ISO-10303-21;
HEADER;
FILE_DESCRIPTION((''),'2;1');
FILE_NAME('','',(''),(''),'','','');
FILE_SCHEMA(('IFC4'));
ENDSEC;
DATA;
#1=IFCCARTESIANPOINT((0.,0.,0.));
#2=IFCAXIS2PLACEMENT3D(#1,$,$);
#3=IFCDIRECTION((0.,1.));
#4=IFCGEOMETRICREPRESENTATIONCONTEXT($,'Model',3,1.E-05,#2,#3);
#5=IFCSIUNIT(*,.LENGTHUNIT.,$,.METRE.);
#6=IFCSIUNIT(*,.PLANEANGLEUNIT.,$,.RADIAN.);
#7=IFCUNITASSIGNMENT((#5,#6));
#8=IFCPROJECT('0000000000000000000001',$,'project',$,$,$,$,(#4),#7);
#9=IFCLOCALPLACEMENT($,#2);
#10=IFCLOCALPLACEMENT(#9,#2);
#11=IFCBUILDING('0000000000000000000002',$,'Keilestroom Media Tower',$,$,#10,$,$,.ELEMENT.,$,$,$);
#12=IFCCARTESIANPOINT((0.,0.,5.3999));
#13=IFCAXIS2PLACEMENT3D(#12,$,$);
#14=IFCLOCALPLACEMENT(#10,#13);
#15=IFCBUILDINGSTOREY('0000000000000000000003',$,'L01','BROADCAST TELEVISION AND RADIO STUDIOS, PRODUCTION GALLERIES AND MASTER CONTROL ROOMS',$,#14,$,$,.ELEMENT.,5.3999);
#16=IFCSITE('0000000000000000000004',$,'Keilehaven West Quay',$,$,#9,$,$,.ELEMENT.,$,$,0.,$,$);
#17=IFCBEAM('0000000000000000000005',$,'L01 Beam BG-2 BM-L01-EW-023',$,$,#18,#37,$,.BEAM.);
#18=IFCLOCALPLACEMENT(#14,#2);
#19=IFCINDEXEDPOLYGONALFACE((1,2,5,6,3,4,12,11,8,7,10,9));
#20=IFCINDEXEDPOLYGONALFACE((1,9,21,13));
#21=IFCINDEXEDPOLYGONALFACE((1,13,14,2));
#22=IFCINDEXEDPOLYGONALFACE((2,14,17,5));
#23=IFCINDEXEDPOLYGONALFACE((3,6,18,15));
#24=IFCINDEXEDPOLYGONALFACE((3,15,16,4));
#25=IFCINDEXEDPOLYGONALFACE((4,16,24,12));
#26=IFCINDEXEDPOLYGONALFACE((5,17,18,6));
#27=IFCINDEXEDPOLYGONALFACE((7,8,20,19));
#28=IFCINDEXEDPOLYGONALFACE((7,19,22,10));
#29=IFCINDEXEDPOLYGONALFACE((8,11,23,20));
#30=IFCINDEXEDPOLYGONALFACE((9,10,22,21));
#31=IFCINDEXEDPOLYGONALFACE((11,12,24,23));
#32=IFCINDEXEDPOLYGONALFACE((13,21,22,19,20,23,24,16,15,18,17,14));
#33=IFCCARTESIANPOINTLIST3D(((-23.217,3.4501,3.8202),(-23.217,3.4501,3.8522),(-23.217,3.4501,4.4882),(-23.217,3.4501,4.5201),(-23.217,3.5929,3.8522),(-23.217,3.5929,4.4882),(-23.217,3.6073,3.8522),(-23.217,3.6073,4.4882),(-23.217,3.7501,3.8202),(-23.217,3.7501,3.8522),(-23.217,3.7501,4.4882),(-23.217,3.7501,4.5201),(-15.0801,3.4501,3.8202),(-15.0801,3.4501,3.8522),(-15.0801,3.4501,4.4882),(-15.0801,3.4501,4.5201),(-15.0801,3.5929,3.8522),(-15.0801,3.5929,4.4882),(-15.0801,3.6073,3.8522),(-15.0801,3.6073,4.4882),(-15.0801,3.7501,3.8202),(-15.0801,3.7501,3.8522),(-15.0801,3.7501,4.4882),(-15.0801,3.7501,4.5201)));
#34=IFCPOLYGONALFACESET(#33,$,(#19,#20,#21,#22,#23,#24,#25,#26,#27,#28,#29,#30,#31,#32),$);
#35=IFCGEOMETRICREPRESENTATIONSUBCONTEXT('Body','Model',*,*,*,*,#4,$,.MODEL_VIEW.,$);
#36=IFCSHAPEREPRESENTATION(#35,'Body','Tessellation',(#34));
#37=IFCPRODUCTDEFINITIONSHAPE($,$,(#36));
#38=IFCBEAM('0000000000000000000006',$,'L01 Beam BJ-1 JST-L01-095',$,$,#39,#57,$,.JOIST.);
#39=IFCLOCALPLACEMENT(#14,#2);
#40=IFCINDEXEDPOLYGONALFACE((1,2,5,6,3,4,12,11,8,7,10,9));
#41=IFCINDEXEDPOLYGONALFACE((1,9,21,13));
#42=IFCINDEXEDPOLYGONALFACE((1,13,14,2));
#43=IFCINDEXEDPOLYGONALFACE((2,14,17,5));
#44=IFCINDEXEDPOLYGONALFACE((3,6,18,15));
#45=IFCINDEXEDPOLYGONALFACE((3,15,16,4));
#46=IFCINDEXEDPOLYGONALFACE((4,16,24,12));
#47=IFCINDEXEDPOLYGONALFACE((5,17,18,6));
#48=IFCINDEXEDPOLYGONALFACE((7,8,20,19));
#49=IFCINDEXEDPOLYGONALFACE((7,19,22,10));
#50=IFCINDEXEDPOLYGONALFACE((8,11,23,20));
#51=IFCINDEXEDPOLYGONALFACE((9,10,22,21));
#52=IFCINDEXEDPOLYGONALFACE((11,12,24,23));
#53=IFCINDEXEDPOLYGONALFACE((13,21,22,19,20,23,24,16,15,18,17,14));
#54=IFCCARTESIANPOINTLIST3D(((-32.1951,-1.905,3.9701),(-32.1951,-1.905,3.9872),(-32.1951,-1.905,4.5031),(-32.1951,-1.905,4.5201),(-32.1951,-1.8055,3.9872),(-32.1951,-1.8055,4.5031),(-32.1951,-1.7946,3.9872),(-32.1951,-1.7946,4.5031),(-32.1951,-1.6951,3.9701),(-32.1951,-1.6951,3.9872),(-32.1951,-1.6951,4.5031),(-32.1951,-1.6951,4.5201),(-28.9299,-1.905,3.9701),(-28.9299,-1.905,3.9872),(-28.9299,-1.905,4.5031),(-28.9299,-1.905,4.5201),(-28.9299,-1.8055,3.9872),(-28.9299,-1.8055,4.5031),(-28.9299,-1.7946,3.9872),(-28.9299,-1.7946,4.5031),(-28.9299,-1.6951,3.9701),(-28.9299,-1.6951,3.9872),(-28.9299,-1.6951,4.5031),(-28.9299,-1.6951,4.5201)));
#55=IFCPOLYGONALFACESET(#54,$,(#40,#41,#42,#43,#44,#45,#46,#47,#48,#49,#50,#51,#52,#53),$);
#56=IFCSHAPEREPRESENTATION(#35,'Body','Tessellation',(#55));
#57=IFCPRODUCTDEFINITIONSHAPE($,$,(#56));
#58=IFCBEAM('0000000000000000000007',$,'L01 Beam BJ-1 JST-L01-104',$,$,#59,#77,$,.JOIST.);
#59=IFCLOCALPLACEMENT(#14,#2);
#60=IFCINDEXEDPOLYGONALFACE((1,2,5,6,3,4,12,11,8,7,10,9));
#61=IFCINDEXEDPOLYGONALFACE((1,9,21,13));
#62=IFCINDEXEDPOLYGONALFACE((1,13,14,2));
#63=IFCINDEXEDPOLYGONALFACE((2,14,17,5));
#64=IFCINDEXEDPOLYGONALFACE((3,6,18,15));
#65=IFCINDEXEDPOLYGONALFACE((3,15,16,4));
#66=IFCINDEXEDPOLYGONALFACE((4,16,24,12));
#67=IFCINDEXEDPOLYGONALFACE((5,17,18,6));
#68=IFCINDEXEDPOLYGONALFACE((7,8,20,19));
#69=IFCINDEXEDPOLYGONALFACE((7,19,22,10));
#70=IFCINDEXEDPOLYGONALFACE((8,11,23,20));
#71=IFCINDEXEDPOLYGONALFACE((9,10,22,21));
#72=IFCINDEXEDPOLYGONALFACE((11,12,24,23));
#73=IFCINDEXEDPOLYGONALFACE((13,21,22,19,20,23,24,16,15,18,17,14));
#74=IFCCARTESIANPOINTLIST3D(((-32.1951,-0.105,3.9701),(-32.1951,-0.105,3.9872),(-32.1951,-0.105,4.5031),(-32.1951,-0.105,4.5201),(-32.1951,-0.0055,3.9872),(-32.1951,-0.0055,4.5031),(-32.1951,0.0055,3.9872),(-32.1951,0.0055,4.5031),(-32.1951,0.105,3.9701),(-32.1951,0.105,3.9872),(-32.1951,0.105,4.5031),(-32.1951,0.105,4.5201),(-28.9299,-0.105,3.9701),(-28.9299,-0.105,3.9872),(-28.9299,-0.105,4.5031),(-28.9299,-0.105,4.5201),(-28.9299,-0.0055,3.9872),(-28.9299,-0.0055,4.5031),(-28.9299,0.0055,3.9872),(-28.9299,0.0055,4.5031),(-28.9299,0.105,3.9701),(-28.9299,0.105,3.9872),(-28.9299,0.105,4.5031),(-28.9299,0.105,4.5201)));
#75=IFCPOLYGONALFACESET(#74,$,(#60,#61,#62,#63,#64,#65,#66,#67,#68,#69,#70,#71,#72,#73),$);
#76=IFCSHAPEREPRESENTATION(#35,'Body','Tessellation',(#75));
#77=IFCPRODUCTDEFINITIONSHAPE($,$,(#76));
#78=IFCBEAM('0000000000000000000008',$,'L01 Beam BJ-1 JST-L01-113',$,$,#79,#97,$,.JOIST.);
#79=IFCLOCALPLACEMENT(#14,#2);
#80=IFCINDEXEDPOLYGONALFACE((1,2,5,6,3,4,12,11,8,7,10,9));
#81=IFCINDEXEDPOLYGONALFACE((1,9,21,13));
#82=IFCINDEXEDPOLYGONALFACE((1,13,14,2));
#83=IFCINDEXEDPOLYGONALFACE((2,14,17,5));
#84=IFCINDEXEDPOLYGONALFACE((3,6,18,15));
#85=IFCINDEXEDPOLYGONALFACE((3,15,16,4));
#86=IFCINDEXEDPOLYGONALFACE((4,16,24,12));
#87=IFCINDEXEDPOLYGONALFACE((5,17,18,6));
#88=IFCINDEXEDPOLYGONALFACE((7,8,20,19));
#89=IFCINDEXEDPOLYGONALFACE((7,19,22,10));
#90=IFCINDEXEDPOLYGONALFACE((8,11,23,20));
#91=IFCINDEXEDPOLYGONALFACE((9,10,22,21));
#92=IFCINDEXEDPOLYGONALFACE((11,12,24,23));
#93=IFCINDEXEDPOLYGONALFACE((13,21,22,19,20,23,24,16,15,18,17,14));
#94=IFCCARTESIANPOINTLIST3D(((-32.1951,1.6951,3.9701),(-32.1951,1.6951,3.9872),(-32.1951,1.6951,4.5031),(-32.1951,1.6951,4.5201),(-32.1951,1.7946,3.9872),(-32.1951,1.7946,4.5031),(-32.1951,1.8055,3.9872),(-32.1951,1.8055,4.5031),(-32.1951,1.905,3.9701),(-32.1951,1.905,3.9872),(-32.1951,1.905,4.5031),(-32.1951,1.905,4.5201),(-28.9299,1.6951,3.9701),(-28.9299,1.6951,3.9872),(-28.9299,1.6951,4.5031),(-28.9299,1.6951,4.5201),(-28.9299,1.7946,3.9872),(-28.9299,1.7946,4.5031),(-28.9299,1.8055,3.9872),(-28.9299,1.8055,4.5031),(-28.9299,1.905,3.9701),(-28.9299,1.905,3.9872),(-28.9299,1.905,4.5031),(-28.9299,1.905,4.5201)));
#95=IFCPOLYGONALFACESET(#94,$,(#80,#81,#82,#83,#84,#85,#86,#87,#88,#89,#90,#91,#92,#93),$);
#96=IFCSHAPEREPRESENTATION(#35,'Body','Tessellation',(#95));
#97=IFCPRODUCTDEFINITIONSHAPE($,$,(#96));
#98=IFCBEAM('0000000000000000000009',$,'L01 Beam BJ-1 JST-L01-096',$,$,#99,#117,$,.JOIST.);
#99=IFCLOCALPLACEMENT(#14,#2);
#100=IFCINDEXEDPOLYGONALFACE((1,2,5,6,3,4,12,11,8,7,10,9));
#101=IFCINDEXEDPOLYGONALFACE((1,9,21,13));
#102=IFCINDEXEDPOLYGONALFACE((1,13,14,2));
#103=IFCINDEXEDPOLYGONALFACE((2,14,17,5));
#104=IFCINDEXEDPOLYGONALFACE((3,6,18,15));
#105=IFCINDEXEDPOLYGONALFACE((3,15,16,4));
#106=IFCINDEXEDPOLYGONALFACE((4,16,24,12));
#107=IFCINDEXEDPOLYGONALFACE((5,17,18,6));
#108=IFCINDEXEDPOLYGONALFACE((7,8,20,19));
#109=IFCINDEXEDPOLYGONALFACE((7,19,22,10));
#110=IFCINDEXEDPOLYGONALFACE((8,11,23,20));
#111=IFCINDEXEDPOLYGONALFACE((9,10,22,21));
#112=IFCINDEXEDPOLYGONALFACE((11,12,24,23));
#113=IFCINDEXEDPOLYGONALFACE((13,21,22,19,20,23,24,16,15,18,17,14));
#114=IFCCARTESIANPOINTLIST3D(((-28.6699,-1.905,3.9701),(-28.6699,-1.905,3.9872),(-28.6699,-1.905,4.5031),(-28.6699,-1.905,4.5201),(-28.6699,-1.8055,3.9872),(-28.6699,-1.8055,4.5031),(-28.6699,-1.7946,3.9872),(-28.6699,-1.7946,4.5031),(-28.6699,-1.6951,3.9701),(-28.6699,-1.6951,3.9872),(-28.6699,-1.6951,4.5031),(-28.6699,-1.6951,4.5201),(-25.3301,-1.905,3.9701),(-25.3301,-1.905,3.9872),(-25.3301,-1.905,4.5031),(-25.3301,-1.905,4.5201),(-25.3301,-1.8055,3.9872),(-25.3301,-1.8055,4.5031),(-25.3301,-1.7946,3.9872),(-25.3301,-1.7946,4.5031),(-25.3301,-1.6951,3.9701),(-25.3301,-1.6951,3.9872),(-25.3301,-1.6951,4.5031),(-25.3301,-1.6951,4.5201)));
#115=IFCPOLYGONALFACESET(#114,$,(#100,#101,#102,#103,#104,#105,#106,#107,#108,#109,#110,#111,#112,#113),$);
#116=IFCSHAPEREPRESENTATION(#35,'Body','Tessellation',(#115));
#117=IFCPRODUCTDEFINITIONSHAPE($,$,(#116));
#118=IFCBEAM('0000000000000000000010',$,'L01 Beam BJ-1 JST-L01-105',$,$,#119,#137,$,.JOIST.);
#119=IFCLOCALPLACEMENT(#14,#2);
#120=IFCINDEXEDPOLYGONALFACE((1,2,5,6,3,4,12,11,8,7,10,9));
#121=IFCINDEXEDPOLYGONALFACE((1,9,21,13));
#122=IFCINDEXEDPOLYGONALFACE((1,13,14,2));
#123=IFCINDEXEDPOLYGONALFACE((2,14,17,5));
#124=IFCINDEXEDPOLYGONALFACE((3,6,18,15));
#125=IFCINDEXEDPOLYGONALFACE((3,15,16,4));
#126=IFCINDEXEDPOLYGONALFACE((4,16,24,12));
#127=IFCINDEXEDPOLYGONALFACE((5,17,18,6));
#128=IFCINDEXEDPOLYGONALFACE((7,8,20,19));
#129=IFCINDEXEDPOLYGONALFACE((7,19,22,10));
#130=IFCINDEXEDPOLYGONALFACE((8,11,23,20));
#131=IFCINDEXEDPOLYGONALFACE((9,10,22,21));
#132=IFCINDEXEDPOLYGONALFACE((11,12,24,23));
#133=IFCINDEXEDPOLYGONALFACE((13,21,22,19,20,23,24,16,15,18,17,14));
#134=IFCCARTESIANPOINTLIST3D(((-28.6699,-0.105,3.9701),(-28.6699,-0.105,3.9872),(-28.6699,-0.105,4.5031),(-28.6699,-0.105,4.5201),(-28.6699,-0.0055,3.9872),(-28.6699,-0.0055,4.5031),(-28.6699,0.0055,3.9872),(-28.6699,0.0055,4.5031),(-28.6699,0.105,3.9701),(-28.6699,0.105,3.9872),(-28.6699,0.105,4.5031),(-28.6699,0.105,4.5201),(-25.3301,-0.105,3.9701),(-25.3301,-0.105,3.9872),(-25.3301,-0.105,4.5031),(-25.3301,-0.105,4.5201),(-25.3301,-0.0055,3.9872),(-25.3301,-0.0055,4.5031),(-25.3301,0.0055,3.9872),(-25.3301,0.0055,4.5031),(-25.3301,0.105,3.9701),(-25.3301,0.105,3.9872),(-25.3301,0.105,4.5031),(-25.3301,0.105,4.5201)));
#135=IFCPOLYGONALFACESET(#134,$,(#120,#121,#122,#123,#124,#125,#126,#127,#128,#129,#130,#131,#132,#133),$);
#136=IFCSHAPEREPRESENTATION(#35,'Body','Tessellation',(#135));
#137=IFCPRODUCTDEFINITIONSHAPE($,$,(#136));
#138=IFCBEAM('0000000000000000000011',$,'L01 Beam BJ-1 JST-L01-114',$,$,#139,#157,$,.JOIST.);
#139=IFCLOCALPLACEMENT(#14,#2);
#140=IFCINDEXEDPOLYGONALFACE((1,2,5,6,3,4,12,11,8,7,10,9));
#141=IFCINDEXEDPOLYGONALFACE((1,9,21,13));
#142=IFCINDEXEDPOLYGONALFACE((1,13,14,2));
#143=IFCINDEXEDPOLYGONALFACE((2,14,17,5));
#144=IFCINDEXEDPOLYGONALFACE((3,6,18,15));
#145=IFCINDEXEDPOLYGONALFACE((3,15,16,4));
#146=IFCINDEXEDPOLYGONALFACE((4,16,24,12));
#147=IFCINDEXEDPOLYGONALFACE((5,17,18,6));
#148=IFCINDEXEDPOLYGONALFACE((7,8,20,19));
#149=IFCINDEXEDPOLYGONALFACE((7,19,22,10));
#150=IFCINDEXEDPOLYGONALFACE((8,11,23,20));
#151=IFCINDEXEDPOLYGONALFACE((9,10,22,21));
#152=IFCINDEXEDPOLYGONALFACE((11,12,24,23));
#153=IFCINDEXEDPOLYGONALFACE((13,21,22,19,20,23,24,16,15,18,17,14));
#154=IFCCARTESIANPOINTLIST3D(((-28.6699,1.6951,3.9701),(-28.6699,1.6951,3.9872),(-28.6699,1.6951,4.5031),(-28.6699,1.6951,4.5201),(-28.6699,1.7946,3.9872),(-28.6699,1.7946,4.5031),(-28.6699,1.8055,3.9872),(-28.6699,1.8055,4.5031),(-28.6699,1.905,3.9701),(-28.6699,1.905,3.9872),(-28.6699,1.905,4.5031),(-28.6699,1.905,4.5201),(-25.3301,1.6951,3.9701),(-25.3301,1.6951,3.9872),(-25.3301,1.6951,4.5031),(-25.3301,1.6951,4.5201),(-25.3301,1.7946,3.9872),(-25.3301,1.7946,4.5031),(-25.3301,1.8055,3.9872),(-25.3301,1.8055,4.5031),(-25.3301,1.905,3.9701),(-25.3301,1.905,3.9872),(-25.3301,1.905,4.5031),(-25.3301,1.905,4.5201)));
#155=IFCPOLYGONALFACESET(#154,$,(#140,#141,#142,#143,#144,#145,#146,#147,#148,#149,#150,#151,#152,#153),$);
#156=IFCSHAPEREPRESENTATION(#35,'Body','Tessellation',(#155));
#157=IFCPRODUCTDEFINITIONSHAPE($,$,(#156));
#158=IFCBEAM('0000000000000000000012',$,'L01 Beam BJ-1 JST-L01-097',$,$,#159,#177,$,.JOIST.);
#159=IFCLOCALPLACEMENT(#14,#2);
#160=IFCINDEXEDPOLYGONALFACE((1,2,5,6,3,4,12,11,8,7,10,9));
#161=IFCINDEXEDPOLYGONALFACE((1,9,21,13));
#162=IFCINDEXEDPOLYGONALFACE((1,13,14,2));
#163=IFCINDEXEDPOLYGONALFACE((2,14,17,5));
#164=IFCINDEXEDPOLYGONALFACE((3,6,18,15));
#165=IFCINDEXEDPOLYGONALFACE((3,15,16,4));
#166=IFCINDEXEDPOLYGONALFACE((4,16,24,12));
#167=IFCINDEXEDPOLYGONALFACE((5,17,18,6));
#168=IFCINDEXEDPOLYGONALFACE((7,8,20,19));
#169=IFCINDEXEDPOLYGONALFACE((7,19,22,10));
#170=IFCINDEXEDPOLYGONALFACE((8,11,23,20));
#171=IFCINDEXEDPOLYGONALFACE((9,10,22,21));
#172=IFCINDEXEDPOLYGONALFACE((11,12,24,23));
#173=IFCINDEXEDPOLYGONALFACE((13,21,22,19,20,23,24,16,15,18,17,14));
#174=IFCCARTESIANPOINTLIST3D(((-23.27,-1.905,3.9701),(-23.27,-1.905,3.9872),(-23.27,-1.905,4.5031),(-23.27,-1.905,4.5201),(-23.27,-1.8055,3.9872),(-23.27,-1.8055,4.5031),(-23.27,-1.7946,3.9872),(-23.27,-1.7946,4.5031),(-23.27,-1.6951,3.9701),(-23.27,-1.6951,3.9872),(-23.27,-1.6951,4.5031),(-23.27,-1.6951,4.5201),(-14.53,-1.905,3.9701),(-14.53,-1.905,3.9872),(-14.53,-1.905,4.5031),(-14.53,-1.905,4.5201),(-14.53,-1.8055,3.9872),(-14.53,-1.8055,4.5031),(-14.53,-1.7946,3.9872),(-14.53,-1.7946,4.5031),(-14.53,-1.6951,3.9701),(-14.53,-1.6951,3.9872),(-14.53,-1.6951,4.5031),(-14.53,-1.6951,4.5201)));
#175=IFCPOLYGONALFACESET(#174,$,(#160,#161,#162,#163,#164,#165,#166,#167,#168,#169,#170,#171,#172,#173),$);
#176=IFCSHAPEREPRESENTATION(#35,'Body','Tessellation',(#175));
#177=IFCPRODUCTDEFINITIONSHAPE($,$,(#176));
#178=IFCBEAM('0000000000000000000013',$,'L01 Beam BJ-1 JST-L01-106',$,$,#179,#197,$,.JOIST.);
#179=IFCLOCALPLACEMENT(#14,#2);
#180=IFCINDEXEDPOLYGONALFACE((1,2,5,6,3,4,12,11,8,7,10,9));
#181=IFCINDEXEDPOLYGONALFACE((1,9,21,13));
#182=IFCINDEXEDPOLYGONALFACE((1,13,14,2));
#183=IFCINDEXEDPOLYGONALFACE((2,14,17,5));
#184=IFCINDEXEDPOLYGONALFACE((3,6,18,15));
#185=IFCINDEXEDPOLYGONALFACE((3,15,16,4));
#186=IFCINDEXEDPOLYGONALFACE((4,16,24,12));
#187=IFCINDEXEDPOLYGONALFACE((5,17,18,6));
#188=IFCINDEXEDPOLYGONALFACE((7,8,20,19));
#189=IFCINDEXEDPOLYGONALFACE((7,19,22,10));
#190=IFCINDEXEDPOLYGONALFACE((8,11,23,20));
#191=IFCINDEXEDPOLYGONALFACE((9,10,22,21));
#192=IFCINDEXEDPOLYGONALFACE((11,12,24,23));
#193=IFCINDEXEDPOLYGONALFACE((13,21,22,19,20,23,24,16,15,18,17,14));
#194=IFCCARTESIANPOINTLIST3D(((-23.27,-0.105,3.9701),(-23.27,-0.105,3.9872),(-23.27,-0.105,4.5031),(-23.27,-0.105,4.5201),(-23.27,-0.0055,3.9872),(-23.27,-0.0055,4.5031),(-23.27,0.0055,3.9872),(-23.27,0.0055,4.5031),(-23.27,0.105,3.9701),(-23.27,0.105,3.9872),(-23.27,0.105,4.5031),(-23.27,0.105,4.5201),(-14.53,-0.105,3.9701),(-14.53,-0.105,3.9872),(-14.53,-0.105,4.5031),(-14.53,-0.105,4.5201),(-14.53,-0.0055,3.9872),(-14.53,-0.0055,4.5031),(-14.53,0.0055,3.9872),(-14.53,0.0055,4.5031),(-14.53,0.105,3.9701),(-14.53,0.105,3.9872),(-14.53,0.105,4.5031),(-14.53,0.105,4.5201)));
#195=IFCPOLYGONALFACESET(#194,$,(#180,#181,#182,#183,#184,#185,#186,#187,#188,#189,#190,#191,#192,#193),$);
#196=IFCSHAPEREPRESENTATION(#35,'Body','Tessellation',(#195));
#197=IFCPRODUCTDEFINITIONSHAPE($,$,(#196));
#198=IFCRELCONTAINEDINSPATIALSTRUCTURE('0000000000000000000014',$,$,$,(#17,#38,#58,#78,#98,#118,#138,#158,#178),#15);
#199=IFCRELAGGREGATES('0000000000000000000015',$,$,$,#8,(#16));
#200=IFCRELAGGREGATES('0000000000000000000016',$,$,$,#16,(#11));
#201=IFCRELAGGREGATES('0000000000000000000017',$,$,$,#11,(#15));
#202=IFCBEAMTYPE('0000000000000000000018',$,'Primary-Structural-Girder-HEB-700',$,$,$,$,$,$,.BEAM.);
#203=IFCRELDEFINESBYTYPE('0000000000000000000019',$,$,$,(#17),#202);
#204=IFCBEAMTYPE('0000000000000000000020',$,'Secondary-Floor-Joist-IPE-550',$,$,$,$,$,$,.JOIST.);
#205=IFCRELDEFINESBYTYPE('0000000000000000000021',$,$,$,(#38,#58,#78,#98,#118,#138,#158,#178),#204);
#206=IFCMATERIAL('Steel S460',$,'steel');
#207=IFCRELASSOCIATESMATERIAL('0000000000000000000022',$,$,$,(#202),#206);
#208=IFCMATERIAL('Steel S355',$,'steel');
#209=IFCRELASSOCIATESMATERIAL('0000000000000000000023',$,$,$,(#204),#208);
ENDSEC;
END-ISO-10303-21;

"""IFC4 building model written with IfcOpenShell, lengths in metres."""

from ifc_helpers import new_model, si_unit, direction, frame, origin, origin_2d, place, context, subcontext, project, spatial, i_section, extrude, source, transform, mapped, material, material_profile, profile_set, type_object, element, save


model = new_model("IFC4")

# Units and contexts
model_context = context("Model", 3, precision=1e-05, world=origin(), true_north=direction((0.0, 1.0)))
body_context = subcontext(model_context, "Body", "Model", "MODEL_VIEW")
ifc_project = project(units=[si_unit("LENGTHUNIT", "METRE"), si_unit("PLANEANGLEUNIT", "RADIAN")], contexts=[model_context])

# Site, building, storey
site_placement = place(None, origin())
site = spatial("IfcSite", under=ifc_project, at=site_placement, Name="Keilehaven West Quay", CompositionType="ELEMENT", RefElevation=0.0)
building_placement = place(site_placement, origin())
building = spatial("IfcBuilding", under=site, at=building_placement, Name="Keilestroom Media Tower", CompositionType="ELEMENT")
storey_placement = place(building_placement, frame((0.0, 0.0, 5.3999)))
storey = spatial("IfcBuildingStorey", under=building, at=storey_placement, Name="L01", Description="BROADCAST TELEVISION AND RADIO STUDIOS, PRODUCTION GALLERIES AND MASTER CONTROL ROOMS", CompositionType="ELEMENT", Elevation=5.3999)

# Shared definitions
ifc_material_1 = material(Name="Steel S460", Category="steel")

# Beams
ifc_material_2 = material(Name="Steel S355", Category="steel")
ifc_material_profile_1 = material_profile(ifc_material_1, i_section(OverallWidth=0.3, OverallDepth=0.7, WebThickness=0.0144, FlangeThickness=0.032, at=origin_2d()), Name="HEB 700")
ifc_profile_set_1 = profile_set([ifc_material_profile_1], Name="Steel S460")
beam_type_1 = type_object("IfcBeamType", Name="Primary-Structural-Girder-HEB-700", PredefinedType="BEAM", material=ifc_profile_set_1)
shared_shape_1 = source(origin(), body_context, "Body", "SweptSolid", [
    extrude(i_section(OverallWidth=0.3, OverallDepth=0.7, WebThickness=0.0144, FlangeThickness=0.032, at=origin_2d()), origin(), (0.0, 0.0, 1.0), 8.137),
])
beam_1_placement = place(storey_placement, frame((-23.217, 3.6001, 4.1702), z_axis=(1.0, 0.0, 0.0), x_axis=(0.0, 1.0, 0.0)))
element("IfcBeam", 1, at=beam_1_placement, inside=storey, type_object=beam_type_1, Name="L01 Beam BG-2 BM-L01-EW-023", PredefinedType="BEAM", context=body_context, shape_type="MappedRepresentation", body=[
    mapped(shared_shape_1, transform((0.0, 0.0, 0.0), x_axis=(1.0, 0.0, 0.0), y_axis=(0.0, 1.0, 0.0), z_axis=(0.0, 0.0, 1.0), scale=1.0)),
])
ifc_material_profile_2 = material_profile(ifc_material_2, i_section(OverallWidth=0.21, OverallDepth=0.55, WebThickness=0.011, FlangeThickness=0.0171, at=origin_2d()), Name="IPE 550")
ifc_profile_set_2 = profile_set([ifc_material_profile_2], Name="Steel S355")
beam_type_2 = type_object("IfcBeamType", Name="Secondary-Floor-Joist-IPE-550", PredefinedType="JOIST", material=ifc_profile_set_2)
shared_shape_2 = source(origin(), body_context, "Body", "SweptSolid", [
    extrude(i_section(OverallWidth=0.21, OverallDepth=0.55, WebThickness=0.011, FlangeThickness=0.0171, at=origin_2d()), origin(), (0.0, 0.0, 1.0), 3.2651),
])
for number, where, z_axis, x_axis, name in (
    (2, (-32.1951, -1.8, 4.2451), (1.0, 0.0, 0.0), (0.0, 1.0, 0.0), "L01 Beam BJ-1 JST-L01-095"),
    (3, (-32.1951, 0.0, 4.2451), (1.0, 0.0, 0.0), (0.0, 1.0, 0.0), "L01 Beam BJ-1 JST-L01-104"),
    (4, (-32.1951, 1.8, 4.2451), (1.0, 0.0, 0.0), (0.0, 1.0, 0.0), "L01 Beam BJ-1 JST-L01-113"),
):
    element("IfcBeam", number, at=place(storey_placement, frame(where, z_axis=z_axis, x_axis=x_axis)), inside=storey, type_object=beam_type_2, Name=name, PredefinedType="JOIST", context=body_context, shape_type="MappedRepresentation", body=[
        mapped(shared_shape_2, transform((0.0, 0.0, 0.0), x_axis=(1.0, 0.0, 0.0), y_axis=(0.0, 1.0, 0.0), z_axis=(0.0, 0.0, 1.0), scale=1.0)),
    ])
shared_shape_3 = source(origin(), body_context, "Body", "SweptSolid", [
    extrude(i_section(OverallWidth=0.21, OverallDepth=0.55, WebThickness=0.011, FlangeThickness=0.0171, at=origin_2d()), origin(), (0.0, 0.0, 1.0), 3.3398),
])
for number, where, z_axis, x_axis, name in (
    (5, (-28.6699, -1.8, 4.2451), (1.0, 0.0, 0.0), (0.0, 1.0, 0.0), "L01 Beam BJ-1 JST-L01-096"),
    (6, (-28.6699, 0.0, 4.2451), (1.0, 0.0, 0.0), (0.0, 1.0, 0.0), "L01 Beam BJ-1 JST-L01-105"),
    (7, (-28.6699, 1.8, 4.2451), (1.0, 0.0, 0.0), (0.0, 1.0, 0.0), "L01 Beam BJ-1 JST-L01-114"),
):
    element("IfcBeam", number, at=place(storey_placement, frame(where, z_axis=z_axis, x_axis=x_axis)), inside=storey, type_object=beam_type_2, Name=name, PredefinedType="JOIST", context=body_context, shape_type="MappedRepresentation", body=[
        mapped(shared_shape_3, transform((0.0, 0.0, 0.0), x_axis=(1.0, 0.0, 0.0), y_axis=(0.0, 1.0, 0.0), z_axis=(0.0, 0.0, 1.0), scale=1.0)),
    ])
shared_shape_4 = source(origin(), body_context, "Body", "SweptSolid", [
    extrude(i_section(OverallWidth=0.21, OverallDepth=0.55, WebThickness=0.011, FlangeThickness=0.0171, at=origin_2d()), origin(), (0.0, 0.0, 1.0), 8.74),
])
for number, where, z_axis, x_axis, name in (
    (8, (-23.27, -1.8, 4.2451), (1.0, 0.0, 0.0), (0.0, 1.0, 0.0), "L01 Beam BJ-1 JST-L01-097"),
    (9, (-23.27, 0.0, 4.2451), (1.0, 0.0, 0.0), (0.0, 1.0, 0.0), "L01 Beam BJ-1 JST-L01-106"),
):
    element("IfcBeam", number, at=place(storey_placement, frame(where, z_axis=z_axis, x_axis=x_axis)), inside=storey, type_object=beam_type_2, Name=name, PredefinedType="JOIST", context=body_context, shape_type="MappedRepresentation", body=[
        mapped(shared_shape_4, transform((0.0, 0.0, 0.0), x_axis=(1.0, 0.0, 0.0), y_axis=(0.0, 1.0, 0.0), z_axis=(0.0, 0.0, 1.0), scale=1.0)),
    ])

save(model, "model.ifc")
